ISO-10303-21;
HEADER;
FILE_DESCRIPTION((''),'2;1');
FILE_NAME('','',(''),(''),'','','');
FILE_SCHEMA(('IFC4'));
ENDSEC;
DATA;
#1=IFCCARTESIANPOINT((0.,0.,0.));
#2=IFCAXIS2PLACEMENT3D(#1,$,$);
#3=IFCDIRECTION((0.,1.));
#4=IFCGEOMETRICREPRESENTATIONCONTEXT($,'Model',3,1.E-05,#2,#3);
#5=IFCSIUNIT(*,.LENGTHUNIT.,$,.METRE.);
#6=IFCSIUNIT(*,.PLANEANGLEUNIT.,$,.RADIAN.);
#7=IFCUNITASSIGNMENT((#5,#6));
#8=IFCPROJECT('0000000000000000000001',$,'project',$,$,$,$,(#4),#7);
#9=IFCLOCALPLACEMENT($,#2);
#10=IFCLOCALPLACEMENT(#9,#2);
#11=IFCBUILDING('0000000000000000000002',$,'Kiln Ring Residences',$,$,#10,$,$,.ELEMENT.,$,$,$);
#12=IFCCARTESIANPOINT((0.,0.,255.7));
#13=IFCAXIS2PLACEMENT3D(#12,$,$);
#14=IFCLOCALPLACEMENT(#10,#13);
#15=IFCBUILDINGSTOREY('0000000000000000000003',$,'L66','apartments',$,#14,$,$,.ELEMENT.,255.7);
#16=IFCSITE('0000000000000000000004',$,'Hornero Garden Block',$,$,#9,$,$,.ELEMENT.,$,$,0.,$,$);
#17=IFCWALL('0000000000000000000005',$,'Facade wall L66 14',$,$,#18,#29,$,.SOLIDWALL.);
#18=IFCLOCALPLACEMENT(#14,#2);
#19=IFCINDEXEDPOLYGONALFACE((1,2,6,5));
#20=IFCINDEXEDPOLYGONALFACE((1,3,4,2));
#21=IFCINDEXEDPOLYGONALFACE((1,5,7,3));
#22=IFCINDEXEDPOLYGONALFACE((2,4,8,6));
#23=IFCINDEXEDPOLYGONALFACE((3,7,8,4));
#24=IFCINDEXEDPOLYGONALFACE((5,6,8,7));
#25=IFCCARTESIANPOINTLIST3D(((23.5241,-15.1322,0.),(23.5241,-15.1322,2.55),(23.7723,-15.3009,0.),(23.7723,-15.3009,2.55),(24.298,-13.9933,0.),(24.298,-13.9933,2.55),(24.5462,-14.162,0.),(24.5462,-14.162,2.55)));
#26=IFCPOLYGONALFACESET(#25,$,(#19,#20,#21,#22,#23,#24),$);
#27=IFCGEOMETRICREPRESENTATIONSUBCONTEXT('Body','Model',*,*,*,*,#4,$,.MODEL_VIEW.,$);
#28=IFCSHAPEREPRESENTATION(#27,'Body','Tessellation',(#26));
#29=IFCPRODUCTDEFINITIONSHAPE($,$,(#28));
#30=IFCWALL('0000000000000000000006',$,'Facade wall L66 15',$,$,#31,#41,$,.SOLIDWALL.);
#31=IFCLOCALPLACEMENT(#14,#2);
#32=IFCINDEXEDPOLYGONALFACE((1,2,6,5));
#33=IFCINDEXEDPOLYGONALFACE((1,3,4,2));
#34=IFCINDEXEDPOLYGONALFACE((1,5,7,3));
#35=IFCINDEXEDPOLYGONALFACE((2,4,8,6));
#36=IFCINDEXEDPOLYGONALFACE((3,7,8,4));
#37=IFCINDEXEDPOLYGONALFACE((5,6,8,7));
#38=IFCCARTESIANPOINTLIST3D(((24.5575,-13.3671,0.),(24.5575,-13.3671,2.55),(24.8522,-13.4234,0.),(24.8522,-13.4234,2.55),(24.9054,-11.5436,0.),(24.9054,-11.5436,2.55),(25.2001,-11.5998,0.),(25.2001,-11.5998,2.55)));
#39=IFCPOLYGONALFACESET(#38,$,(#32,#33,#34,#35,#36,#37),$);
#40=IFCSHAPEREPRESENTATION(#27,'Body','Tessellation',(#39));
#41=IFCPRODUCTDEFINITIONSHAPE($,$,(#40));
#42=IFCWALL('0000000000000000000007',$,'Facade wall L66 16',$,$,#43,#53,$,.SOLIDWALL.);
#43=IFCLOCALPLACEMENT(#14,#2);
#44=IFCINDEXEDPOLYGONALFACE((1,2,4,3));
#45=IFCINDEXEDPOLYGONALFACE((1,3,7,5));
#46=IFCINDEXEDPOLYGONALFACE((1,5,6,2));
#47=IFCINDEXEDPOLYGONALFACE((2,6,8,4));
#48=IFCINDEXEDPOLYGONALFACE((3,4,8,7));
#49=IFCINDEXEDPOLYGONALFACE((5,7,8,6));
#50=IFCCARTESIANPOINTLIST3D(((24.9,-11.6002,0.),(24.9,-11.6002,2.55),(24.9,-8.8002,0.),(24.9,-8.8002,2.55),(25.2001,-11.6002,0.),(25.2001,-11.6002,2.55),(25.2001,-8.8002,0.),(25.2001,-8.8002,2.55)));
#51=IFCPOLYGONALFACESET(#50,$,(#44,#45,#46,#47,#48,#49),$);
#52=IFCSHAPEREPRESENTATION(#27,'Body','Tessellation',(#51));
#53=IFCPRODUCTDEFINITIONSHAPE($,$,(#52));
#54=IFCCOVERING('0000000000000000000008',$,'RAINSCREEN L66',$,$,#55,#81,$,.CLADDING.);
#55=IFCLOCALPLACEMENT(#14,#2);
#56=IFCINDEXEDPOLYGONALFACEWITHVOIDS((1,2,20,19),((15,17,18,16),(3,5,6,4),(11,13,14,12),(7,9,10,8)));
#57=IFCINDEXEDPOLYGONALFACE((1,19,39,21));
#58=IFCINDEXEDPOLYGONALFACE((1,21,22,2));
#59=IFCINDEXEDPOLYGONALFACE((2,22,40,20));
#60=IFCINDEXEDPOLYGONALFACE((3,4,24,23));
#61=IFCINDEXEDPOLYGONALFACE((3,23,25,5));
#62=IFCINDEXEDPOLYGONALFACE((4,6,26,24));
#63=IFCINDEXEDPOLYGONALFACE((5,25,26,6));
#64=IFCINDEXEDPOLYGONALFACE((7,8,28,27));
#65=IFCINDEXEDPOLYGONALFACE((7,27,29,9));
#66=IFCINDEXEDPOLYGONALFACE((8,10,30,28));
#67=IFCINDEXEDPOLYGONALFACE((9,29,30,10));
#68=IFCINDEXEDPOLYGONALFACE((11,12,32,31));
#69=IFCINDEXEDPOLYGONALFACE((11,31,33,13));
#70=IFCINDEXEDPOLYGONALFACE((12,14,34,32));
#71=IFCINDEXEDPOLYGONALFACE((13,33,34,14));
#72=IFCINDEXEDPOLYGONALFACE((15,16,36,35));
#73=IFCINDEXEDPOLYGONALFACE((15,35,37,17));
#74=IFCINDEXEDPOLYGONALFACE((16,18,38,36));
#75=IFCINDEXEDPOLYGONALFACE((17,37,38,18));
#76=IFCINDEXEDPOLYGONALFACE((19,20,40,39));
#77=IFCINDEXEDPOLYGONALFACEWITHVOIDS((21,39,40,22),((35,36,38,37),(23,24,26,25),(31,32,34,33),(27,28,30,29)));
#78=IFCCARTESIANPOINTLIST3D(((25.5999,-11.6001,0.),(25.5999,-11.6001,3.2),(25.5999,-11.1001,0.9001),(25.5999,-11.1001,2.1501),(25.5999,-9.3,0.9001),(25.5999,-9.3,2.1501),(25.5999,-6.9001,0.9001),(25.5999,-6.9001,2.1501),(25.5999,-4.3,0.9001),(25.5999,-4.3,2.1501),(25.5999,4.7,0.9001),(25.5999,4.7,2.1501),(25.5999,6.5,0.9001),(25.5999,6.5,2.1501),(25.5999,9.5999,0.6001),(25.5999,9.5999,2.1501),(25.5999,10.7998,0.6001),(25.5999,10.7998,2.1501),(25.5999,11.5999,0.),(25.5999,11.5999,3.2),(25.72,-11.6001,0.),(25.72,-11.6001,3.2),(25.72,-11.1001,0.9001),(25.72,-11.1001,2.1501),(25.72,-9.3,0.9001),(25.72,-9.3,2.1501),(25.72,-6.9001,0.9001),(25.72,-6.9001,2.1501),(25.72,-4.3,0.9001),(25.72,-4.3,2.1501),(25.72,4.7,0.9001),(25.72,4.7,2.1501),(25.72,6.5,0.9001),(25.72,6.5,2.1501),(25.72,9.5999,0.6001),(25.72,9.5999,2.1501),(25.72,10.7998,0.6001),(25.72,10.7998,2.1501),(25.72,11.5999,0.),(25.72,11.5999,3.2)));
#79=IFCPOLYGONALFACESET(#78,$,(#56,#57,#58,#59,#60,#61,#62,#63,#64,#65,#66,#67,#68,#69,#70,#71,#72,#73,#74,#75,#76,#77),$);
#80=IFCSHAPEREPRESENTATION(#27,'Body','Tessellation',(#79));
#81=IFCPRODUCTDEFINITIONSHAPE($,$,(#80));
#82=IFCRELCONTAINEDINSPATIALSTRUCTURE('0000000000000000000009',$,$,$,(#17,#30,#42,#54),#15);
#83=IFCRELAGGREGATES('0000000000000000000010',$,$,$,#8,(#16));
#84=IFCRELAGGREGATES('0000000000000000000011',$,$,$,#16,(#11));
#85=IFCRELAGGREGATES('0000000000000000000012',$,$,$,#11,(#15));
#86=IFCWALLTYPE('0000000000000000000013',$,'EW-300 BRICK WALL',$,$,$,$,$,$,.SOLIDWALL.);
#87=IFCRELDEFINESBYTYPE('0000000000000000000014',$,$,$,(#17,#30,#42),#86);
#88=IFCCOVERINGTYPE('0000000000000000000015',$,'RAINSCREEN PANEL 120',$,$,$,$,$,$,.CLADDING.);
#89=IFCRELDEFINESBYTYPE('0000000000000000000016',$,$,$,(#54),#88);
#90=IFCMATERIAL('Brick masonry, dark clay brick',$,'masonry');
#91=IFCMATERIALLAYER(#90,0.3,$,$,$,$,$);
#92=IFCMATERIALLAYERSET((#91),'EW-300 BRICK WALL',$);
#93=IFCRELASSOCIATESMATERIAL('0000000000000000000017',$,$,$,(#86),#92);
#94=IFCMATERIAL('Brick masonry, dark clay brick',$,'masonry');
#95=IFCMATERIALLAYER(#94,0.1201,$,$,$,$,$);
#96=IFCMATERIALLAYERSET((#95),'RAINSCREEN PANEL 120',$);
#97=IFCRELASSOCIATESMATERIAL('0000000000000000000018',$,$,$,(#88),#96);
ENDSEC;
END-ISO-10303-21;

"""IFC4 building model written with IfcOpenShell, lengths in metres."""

from ifc_helpers import new_model, si_unit, direction, frame, frame_2d, origin, place, context, subcontext, project, spatial, polyline, rectangle, outline, extrude, material, layer, layer_set, type_object, element, save


model = new_model("IFC4")

# Units and contexts
model_context = context("Model", 3, precision=1e-05, world=origin(), true_north=direction((0.0, 1.0)))
body_context = subcontext(model_context, "Body", "Model", "MODEL_VIEW")
ifc_project = project(units=[si_unit("LENGTHUNIT", "METRE"), si_unit("PLANEANGLEUNIT", "RADIAN")], contexts=[model_context])

# Site, building, storey
site_placement = place(None, origin())
site = spatial("IfcSite", under=ifc_project, at=site_placement, Name="Hornero Garden Block", CompositionType="ELEMENT", RefElevation=0.0)
building_placement = place(site_placement, origin())
building = spatial("IfcBuilding", under=site, at=building_placement, Name="Kiln Ring Residences", CompositionType="ELEMENT")
storey_placement = place(building_placement, frame((0.0, 0.0, 255.7)))
storey = spatial("IfcBuildingStorey", under=building, at=storey_placement, Name="L66", Description="apartments", CompositionType="ELEMENT", Elevation=255.7)

# Walls
ifc_material_1 = material(Name="Brick masonry, dark clay brick", Category="masonry")
ifc_layer_1 = layer(ifc_material_1, 0.3)
ifc_layer_set_1 = layer_set([ifc_layer_1], Name="EW-300 BRICK WALL")
wall_type_1 = type_object("IfcWallType", Name="EW-300 BRICK WALL", PredefinedType="SOLIDWALL", material=ifc_layer_set_1)
wall_1_placement = place(storey_placement, frame((23.6482, -15.2166, 0.0), z_axis=(0.0, 0.0, 1.0), x_axis=(0.562043, 0.827108, 0.0)))
element("IfcWall", 1, at=wall_1_placement, inside=storey, type_object=wall_type_1, Name="Facade wall L66 14", PredefinedType="SOLIDWALL", context=body_context, shape_type="SweptSolid", body=[
    extrude(rectangle(XDim=1.377, YDim=0.3, at=frame_2d((0.6885, 0.0))), origin(), (0.0, 0.0, 1.0), 2.55),
])
wall_2_placement = place(storey_placement, frame((24.7048, -13.3953, 0.0), z_axis=(0.0, 0.0, 1.0), x_axis=(0.187408, 0.982282, 0.0)))
element("IfcWall", 2, at=wall_2_placement, inside=storey, type_object=wall_type_1, Name="Facade wall L66 15", PredefinedType="SOLIDWALL", context=body_context, shape_type="SweptSolid", body=[
    extrude(rectangle(XDim=1.8564, YDim=0.3, at=frame_2d((0.9282, 0.0))), origin(), (0.0, 0.0, 1.0), 2.55),
])
wall_3_placement = place(storey_placement, frame((25.05, -11.6001, 0.0), z_axis=(0.0, 0.0, 1.0), x_axis=(0.0, 1.0, 0.0)))
element("IfcWall", 3, at=wall_3_placement, inside=storey, type_object=wall_type_1, Name="Facade wall L66 16", PredefinedType="SOLIDWALL", context=body_context, shape_type="SweptSolid", body=[
    extrude(rectangle(XDim=2.8, YDim=0.3, at=frame_2d((1.3999, 0.0))), origin(), (0.0, 0.0, 1.0), 2.55),
])

# Covering
ifc_material_2 = material(Name="Brick masonry, dark clay brick", Category="masonry")
ifc_layer_2 = layer(ifc_material_2, 0.1201)
ifc_layer_set_2 = layer_set([ifc_layer_2], Name="RAINSCREEN PANEL 120")
covering_type = type_object("IfcCoveringType", Name="RAINSCREEN PANEL 120", PredefinedType="CLADDING", material=ifc_layer_set_2)
covering_placement = place(storey_placement, frame((25.6599, -11.6001, 0.0), z_axis=(0.0, 0.0, 1.0), x_axis=(0.0, 1.0, 0.0)))
element("IfcCovering", 4, at=covering_placement, inside=storey, type_object=covering_type, Name="RAINSCREEN L66", PredefinedType="CLADDING", context=body_context, shape_type="SweptSolid", body=[
    extrude(outline(polyline([(0.0, 0.0), (23.2, 0.0), (23.2, 3.2), (0.0, 3.2), (0.0, 0.0)]), holes=[polyline([(22.3999, 0.6001), (22.3999, 2.1501), (21.2, 2.1501), (21.2, 0.6001), (22.3999, 0.6001)]), polyline([(2.3, 0.9001), (2.3, 2.1501), (0.5, 2.1501), (0.5, 0.9001), (2.3, 0.9001)]), polyline([(7.3, 0.9001), (7.3, 2.1501), (4.7, 2.1501), (4.7, 0.9001), (7.3, 0.9001)]), polyline([(18.1001, 0.9001), (18.1001, 2.1501), (16.3, 2.1501), (16.3, 0.9001), (18.1001, 0.9001)])]), frame((0.0, 0.0601, 0.0), z_axis=(0.0, -1.0, 0.0), x_axis=(1.0, 0.0, 0.0)), (0.0, 0.0, 1.0), 0.1201),
])

save(model, "model.ifc")
